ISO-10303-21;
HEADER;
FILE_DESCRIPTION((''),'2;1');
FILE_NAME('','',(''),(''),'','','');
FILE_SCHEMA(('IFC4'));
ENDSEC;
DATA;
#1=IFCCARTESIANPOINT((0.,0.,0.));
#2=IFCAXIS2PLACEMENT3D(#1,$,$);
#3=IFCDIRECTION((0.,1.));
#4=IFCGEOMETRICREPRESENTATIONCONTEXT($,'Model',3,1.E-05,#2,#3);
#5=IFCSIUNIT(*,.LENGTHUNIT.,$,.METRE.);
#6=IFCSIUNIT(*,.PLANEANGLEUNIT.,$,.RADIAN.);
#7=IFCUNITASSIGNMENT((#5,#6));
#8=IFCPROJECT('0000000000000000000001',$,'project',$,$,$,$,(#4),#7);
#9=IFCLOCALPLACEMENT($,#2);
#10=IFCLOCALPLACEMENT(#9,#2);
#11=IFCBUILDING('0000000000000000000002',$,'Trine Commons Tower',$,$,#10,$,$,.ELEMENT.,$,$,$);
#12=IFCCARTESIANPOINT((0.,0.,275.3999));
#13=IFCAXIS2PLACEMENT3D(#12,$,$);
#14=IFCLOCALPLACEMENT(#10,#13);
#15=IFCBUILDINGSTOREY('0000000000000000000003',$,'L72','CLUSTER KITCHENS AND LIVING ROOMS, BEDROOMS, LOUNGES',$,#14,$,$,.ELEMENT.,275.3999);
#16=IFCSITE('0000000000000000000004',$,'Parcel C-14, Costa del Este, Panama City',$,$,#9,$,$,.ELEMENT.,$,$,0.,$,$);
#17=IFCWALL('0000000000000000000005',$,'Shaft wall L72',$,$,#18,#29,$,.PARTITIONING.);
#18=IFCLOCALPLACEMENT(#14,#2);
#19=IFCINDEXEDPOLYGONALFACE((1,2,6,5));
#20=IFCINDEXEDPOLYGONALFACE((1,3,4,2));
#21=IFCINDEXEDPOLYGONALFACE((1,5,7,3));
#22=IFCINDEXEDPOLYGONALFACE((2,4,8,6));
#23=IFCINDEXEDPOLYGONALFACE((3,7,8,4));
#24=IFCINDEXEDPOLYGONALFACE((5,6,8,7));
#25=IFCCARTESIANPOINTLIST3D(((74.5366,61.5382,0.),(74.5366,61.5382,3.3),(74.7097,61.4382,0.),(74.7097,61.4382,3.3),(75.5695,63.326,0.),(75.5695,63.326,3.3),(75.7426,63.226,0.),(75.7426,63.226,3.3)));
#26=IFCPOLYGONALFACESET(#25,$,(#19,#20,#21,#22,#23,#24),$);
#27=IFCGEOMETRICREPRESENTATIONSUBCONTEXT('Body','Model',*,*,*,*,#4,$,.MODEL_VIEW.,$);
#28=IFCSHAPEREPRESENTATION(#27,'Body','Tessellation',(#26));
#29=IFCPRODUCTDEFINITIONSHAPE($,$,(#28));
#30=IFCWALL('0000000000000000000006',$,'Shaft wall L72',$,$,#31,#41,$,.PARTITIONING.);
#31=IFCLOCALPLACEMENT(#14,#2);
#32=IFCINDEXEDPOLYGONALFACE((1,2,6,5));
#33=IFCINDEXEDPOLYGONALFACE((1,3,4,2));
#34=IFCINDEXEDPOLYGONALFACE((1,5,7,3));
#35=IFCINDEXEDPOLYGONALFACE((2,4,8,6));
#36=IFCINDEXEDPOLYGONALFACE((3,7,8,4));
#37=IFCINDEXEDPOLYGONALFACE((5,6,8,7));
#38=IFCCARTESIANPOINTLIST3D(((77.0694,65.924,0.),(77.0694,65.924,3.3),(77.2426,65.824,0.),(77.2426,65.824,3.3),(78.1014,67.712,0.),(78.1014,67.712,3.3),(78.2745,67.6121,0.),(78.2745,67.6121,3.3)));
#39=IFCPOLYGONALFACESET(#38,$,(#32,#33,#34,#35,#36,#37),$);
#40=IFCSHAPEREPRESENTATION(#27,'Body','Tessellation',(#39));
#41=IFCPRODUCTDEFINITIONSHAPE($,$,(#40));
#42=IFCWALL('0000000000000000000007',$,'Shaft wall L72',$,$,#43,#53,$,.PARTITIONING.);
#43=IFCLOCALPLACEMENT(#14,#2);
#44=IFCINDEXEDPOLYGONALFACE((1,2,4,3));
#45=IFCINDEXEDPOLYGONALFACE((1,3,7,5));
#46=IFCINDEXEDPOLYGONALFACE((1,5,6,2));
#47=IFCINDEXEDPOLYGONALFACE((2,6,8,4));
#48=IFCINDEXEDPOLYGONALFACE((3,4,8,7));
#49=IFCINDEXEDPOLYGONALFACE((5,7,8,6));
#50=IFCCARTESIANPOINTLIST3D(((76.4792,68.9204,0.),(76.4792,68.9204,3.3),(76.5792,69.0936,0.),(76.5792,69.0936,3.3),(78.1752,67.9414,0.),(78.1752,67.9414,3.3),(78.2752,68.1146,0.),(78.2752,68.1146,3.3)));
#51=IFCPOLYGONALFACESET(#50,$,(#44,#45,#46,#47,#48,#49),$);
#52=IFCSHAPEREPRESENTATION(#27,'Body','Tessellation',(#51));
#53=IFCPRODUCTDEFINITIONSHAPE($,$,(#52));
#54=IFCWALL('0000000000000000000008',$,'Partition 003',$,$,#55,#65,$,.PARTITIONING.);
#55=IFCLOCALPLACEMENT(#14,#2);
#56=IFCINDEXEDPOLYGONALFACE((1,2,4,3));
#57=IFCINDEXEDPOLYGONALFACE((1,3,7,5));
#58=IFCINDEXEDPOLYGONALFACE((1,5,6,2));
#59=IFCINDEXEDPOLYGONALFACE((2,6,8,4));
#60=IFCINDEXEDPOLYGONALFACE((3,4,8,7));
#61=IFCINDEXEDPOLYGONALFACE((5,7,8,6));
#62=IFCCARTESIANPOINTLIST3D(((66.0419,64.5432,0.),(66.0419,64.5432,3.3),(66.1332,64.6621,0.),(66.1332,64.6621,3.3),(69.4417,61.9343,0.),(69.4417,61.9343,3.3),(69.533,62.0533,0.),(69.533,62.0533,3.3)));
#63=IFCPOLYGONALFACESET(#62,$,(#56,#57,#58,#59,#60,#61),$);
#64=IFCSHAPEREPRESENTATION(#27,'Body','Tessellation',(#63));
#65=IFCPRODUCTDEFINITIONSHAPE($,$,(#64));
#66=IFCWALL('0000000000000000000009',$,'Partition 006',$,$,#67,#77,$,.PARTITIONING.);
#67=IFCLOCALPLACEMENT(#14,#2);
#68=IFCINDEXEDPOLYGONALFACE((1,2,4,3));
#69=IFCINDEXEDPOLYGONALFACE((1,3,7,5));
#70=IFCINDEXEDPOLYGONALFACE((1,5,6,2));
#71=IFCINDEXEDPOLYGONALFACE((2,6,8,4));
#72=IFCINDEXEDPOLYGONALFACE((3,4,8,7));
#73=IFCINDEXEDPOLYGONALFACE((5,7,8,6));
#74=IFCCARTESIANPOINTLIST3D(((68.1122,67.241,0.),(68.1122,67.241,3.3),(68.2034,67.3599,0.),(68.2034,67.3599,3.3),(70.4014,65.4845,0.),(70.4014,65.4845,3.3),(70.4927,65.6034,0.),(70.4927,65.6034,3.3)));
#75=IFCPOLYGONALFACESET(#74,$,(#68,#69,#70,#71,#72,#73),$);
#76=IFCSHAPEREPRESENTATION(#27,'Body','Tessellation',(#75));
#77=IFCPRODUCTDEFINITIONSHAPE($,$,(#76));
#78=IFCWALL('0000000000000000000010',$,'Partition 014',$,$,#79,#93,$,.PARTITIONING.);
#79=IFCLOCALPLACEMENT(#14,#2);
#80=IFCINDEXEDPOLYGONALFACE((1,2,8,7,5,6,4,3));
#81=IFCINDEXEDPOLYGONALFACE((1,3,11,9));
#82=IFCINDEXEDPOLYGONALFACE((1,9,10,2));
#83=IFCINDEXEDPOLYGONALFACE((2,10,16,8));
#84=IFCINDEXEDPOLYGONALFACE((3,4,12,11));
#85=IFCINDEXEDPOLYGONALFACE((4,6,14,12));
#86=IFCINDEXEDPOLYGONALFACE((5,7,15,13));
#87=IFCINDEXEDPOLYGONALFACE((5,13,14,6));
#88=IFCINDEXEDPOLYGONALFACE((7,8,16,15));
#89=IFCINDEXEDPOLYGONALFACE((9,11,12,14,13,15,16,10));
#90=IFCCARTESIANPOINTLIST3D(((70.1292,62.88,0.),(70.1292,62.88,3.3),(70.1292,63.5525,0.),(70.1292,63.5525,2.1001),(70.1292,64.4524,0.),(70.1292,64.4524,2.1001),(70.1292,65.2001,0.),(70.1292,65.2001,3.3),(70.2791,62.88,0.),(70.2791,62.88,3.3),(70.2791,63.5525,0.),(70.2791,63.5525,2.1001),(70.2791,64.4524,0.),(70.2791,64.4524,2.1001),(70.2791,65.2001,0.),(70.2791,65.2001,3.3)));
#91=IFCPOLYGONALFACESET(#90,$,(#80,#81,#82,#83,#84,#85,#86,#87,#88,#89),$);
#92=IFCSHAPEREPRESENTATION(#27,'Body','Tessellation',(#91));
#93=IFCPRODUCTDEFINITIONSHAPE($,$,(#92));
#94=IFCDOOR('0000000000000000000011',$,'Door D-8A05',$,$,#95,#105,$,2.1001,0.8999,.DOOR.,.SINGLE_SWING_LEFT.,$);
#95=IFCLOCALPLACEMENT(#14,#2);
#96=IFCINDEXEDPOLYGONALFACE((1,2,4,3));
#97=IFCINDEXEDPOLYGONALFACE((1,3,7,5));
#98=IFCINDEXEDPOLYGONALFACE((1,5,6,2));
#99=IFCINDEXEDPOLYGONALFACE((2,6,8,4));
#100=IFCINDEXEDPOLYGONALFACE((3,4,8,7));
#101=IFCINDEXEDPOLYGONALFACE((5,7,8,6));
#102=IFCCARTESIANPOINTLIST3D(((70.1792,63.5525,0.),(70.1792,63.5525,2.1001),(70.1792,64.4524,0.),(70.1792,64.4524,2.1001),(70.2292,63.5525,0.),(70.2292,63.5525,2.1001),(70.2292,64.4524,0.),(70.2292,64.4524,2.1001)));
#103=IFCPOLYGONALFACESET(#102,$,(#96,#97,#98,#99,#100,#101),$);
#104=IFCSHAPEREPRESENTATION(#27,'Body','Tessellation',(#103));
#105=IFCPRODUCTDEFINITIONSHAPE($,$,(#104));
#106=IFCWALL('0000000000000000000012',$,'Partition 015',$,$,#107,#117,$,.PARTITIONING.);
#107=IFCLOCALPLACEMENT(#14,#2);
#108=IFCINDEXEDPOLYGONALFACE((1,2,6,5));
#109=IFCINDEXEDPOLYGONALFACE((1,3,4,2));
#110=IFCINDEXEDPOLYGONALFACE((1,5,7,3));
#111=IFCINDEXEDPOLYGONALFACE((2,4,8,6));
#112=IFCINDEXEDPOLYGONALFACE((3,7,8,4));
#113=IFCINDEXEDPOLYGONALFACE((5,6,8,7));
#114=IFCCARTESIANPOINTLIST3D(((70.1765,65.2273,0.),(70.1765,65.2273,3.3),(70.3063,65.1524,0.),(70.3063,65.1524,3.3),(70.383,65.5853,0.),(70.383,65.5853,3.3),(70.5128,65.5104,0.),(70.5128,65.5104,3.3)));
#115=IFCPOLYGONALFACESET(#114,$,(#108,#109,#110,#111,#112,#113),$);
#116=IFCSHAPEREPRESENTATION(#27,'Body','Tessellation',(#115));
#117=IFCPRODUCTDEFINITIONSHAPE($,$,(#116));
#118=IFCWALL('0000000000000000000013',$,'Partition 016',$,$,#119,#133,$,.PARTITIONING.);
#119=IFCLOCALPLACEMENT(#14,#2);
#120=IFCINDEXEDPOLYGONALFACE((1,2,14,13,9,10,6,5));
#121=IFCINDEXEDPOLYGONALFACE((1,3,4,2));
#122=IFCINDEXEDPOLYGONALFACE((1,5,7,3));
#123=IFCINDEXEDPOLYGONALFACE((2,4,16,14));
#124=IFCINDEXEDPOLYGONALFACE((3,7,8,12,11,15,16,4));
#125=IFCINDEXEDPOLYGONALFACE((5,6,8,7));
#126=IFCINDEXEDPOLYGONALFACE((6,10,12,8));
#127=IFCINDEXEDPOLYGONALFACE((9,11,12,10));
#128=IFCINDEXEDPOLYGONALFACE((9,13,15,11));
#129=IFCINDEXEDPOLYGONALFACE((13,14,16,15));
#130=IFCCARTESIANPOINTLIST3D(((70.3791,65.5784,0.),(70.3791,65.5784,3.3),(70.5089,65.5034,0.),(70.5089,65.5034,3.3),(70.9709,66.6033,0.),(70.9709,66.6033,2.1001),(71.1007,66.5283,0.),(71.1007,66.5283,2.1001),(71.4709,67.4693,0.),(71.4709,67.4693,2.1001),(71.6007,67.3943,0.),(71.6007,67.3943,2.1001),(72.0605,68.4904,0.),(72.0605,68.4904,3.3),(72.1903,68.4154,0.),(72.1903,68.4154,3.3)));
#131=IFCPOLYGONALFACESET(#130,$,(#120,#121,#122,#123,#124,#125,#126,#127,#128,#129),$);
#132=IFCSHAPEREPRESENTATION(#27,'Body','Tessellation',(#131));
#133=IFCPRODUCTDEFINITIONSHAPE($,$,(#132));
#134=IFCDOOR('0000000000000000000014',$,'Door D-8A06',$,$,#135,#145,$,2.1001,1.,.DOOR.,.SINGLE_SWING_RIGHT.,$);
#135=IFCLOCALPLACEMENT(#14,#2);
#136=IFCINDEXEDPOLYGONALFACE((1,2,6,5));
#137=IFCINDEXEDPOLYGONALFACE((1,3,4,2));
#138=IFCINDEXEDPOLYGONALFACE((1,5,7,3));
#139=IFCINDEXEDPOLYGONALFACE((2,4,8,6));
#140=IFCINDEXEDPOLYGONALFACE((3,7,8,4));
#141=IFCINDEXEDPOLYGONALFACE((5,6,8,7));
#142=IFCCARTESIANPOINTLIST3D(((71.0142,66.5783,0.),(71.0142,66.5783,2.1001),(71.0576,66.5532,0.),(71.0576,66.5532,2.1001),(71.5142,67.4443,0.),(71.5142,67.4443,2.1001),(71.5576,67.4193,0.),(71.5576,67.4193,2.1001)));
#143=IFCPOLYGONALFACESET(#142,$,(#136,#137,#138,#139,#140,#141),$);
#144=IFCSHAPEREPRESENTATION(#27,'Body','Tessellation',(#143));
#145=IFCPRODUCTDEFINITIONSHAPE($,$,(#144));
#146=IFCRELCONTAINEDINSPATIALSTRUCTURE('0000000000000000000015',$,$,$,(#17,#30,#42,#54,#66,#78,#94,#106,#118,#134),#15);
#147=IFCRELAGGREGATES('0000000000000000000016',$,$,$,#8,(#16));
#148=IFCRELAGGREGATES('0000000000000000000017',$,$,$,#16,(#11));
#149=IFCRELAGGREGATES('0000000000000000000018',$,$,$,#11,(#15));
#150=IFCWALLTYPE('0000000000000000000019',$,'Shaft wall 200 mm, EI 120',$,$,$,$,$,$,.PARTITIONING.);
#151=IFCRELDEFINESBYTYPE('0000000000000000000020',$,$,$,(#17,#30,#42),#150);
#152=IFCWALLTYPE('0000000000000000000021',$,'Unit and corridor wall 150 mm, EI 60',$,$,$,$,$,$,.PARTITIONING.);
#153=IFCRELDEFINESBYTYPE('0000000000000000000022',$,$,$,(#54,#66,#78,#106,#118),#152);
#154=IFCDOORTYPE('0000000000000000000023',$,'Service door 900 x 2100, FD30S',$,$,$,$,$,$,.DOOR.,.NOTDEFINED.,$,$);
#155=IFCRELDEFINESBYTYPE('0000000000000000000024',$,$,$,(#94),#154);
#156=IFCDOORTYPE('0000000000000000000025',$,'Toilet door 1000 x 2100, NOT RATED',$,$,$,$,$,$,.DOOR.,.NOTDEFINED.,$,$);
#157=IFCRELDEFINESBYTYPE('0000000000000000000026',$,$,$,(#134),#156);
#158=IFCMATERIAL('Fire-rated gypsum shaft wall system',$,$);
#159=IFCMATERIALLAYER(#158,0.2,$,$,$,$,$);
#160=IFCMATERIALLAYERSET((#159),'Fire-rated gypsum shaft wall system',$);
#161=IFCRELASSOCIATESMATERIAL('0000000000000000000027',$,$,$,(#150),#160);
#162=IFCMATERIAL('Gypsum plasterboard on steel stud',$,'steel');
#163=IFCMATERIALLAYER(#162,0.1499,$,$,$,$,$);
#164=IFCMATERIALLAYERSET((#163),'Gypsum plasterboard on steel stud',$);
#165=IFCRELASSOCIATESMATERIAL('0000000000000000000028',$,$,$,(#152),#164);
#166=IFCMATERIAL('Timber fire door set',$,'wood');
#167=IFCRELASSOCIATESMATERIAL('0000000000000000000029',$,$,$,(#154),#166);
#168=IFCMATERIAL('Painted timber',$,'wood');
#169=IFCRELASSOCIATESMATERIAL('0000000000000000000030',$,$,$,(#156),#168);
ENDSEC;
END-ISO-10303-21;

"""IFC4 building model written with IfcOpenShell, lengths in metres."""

from ifc_helpers import new_model, si_unit, direction, frame, frame_2d, origin, place, context, subcontext, project, spatial, rectangle, extrude, material, layer, layer_set, type_object, element, fill, save


model = new_model("IFC4")

# Units and contexts
model_context = context("Model", 3, precision=1e-05, world=origin(), true_north=direction((0.0, 1.0)))
body_context = subcontext(model_context, "Body", "Model", "MODEL_VIEW")
ifc_project = project(units=[si_unit("LENGTHUNIT", "METRE"), si_unit("PLANEANGLEUNIT", "RADIAN")], contexts=[model_context])

# Site, building, storey
site_placement = place(None, origin())
site = spatial("IfcSite", under=ifc_project, at=site_placement, Name="Parcel C-14, Costa del Este, Panama City", CompositionType="ELEMENT", RefElevation=0.0)
building_placement = place(site_placement, origin())
building = spatial("IfcBuilding", under=site, at=building_placement, Name="Trine Commons Tower", CompositionType="ELEMENT")
storey_placement = place(building_placement, frame((0.0, 0.0, 275.3999)))
storey = spatial("IfcBuildingStorey", under=building, at=storey_placement, Name="L72", Description="CLUSTER KITCHENS AND LIVING ROOMS, BEDROOMS, LOUNGES", CompositionType="ELEMENT", Elevation=275.3999)

# Shared definitions
ifc_material_1 = material(Name="Fire-rated gypsum shaft wall system")

# Walls
ifc_layer_1 = layer(ifc_material_1, 0.2)
ifc_layer_set_1 = layer_set([ifc_layer_1], Name="Fire-rated gypsum shaft wall system")
wall_type_1 = type_object("IfcWallType", Name="Shaft wall 200 mm, EI 120", PredefinedType="PARTITIONING", material=ifc_layer_set_1)
wall_1_placement = place(storey_placement, frame((75.656, 63.2759, 0.0), z_axis=(0.0, 0.0, 1.0), x_axis=(-0.500272, -0.865868, 0.0)))
element("IfcWall", 1, at=wall_1_placement, inside=storey, type_object=wall_type_1, Name="Shaft wall L72", PredefinedType="PARTITIONING", context=body_context, shape_type="SweptSolid", body=[
    extrude(rectangle(XDim=2.0647, YDim=0.2, at=frame_2d((1.0322, 0.0))), origin(), (0.0, 0.0, 1.0), 3.3),
])
wall_2_placement = place(storey_placement, frame((77.156, 65.874, 0.0), z_axis=(0.0, 0.0, 1.0), x_axis=(0.499866, 0.866103, 0.0)))
element("IfcWall", 2, at=wall_2_placement, inside=storey, type_object=wall_type_1, Name="Shaft wall L72", PredefinedType="PARTITIONING", context=body_context, shape_type="SweptSolid", body=[
    extrude(rectangle(XDim=2.0645, YDim=0.2, at=frame_2d((1.0322, 0.0))), origin(), (0.0, 0.0, 1.0), 3.3),
])
wall_3_placement = place(storey_placement, frame((78.2251, 68.0281, 0.0), z_axis=(0.0, 0.0, 1.0), x_axis=(-0.866071, 0.49992, 0.0)))
element("IfcWall", 3, at=wall_3_placement, inside=storey, type_object=wall_type_1, Name="Shaft wall L72", PredefinedType="PARTITIONING", context=body_context, shape_type="SweptSolid", body=[
    extrude(rectangle(XDim=1.9583, YDim=0.2, at=frame_2d((0.979, 0.0))), origin(), (0.0, 0.0, 1.0), 3.3),
])
ifc_material_2 = material(Name="Gypsum plasterboard on steel stud", Category="steel")
ifc_layer_2 = layer(ifc_material_2, 0.1499)
ifc_layer_set_2 = layer_set([ifc_layer_2], Name="Gypsum plasterboard on steel stud")
wall_type_2 = type_object("IfcWallType", Name="Unit and corridor wall 150 mm, EI 60", PredefinedType="PARTITIONING", material=ifc_layer_set_2)
wall_4_placement = place(storey_placement, frame((66.0876, 64.6025, 0.0), z_axis=(0.0, 0.0, 1.0), x_axis=(0.793348, -0.608769, 0.0)))
element("IfcWall", 4, at=wall_4_placement, inside=storey, type_object=wall_type_2, Name="Partition 003", PredefinedType="PARTITIONING", context=body_context, shape_type="SweptSolid", body=[
    extrude(rectangle(XDim=4.2854, YDim=0.1499, at=frame_2d((2.1426, 0.0))), origin(), (0.0, 0.0, 1.0), 3.3),
])
wall_5_placement = place(storey_placement, frame((68.1577, 67.3005, 0.0), z_axis=(0.0, 0.0, 1.0), x_axis=(0.793363, -0.608749, 0.0)))
element("IfcWall", 5, at=wall_5_placement, inside=storey, type_object=wall_type_2, Name="Partition 006", PredefinedType="PARTITIONING", context=body_context, shape_type="SweptSolid", body=[
    extrude(rectangle(XDim=2.8855, YDim=0.1499, at=frame_2d((1.4429, 0.0))), origin(), (0.0, 0.0, 1.0), 3.3),
])

# Wall, opening, door
wall_6_placement = place(storey_placement, frame((70.2041, 62.8799, 0.0), z_axis=(0.0, 0.0, 1.0), x_axis=(0.0, 1.0, 0.0)))
wall_6 = element("IfcWall", 6, at=wall_6_placement, inside=storey, type_object=wall_type_2, Name="Partition 014", PredefinedType="PARTITIONING", context=body_context, shape_type="SweptSolid", body=[
    extrude(rectangle(XDim=2.3201, YDim=0.1499, at=frame_2d((1.1602, 0.0))), origin(), (0.0, 0.0, 1.0), 3.3),
])
opening_1_placement = place(wall_6_placement, frame((0.6726, 0.0, 0.0)))
opening_1 = element("IfcOpeningElement", 7, at=opening_1_placement, cuts=wall_6, PredefinedType="OPENING", context=body_context, shape_type="SweptSolid", body=[
    extrude(rectangle(XDim=0.8999, YDim=2.1001, at=frame_2d((0.45, 1.05))), frame((0.0, 0.085, 0.0), z_axis=(0.0, -1.0, 0.0), x_axis=(1.0, 0.0, 0.0)), (0.0, 0.0, 1.0), 0.1699),
])
ifc_material_3 = material(Name="Timber fire door set", Category="wood")
door_type_1 = type_object("IfcDoorType", Name="Service door 900 x 2100, FD30S", OperationType="NOTDEFINED", PredefinedType="DOOR", material=ifc_material_3)
door_1_placement = place(opening_1_placement, origin())
door_1 = element("IfcDoor", 8, at=door_1_placement, inside=storey, type_object=door_type_1, Name="Door D-8A05", OperationType="SINGLE_SWING_LEFT", OverallHeight=2.1001, OverallWidth=0.8999, PredefinedType="DOOR", context=body_context, shape_type="SweptSolid", body=[
    extrude(rectangle(XDim=0.8999, YDim=2.1001, at=frame_2d((0.45, 1.05))), frame((0.0, 0.0249, 0.0), z_axis=(0.0, -1.0, 0.0), x_axis=(1.0, 0.0, 0.0)), (0.0, 0.0, 1.0), 0.05),
])
fill(opening_1, door_1)

# Wall
wall_7_placement = place(storey_placement, frame((70.2415, 65.1899, 0.0), z_axis=(0.0, 0.0, 1.0), x_axis=(0.499569, 0.866274, 0.0)))
element("IfcWall", 9, at=wall_7_placement, inside=storey, type_object=wall_type_2, Name="Partition 015", PredefinedType="PARTITIONING", context=body_context, shape_type="SweptSolid", body=[
    extrude(rectangle(XDim=0.4133, YDim=0.1499, at=frame_2d((0.2065, 0.0))), origin(), (0.0, 0.0, 1.0), 3.3),
])

# Wall, opening, door
wall_8_placement = place(storey_placement, frame((70.4441, 65.541, 0.0), z_axis=(0.0, 0.0, 1.0), x_axis=(0.50002, 0.866014, 0.0)))
wall_8 = element("IfcWall", 10, at=wall_8_placement, inside=storey, type_object=wall_type_2, Name="Partition 016", PredefinedType="PARTITIONING", context=body_context, shape_type="SweptSolid", body=[
    extrude(rectangle(XDim=3.3625, YDim=0.1499, at=frame_2d((1.6812, 0.0))), origin(), (0.0, 0.0, 1.0), 3.3),
])
opening_2_placement = place(wall_8_placement, frame((1.1833, 0.0, 0.0)))
opening_2 = element("IfcOpeningElement", 11, at=opening_2_placement, cuts=wall_8, PredefinedType="OPENING", context=body_context, shape_type="SweptSolid", body=[
    extrude(rectangle(XDim=1.0, YDim=2.1001, at=frame_2d((0.5, 1.05))), frame((0.0, 0.085, 0.0), z_axis=(0.0, -1.0, 0.0), x_axis=(1.0, 0.0, 0.0)), (0.0, 0.0, 1.0), 0.1699),
])
ifc_material_4 = material(Name="Painted timber", Category="wood")
door_type_2 = type_object("IfcDoorType", Name="Toilet door 1000 x 2100, NOT RATED", OperationType="NOTDEFINED", PredefinedType="DOOR", material=ifc_material_4)
door_2_placement = place(opening_2_placement, origin())
door_2 = element("IfcDoor", 12, at=door_2_placement, inside=storey, type_object=door_type_2, Name="Door D-8A06", OperationType="SINGLE_SWING_RIGHT", OverallHeight=2.1001, OverallWidth=1.0, PredefinedType="DOOR", context=body_context, shape_type="SweptSolid", body=[
    extrude(rectangle(XDim=1.0, YDim=2.1001, at=frame_2d((0.5, 1.05))), frame((0.0, 0.0249, 0.0), z_axis=(0.0, -1.0, 0.0), x_axis=(1.0, 0.0, 0.0)), (0.0, 0.0, 1.0), 0.05),
])
fill(opening_2, door_2)

save(model, "model.ifc")
